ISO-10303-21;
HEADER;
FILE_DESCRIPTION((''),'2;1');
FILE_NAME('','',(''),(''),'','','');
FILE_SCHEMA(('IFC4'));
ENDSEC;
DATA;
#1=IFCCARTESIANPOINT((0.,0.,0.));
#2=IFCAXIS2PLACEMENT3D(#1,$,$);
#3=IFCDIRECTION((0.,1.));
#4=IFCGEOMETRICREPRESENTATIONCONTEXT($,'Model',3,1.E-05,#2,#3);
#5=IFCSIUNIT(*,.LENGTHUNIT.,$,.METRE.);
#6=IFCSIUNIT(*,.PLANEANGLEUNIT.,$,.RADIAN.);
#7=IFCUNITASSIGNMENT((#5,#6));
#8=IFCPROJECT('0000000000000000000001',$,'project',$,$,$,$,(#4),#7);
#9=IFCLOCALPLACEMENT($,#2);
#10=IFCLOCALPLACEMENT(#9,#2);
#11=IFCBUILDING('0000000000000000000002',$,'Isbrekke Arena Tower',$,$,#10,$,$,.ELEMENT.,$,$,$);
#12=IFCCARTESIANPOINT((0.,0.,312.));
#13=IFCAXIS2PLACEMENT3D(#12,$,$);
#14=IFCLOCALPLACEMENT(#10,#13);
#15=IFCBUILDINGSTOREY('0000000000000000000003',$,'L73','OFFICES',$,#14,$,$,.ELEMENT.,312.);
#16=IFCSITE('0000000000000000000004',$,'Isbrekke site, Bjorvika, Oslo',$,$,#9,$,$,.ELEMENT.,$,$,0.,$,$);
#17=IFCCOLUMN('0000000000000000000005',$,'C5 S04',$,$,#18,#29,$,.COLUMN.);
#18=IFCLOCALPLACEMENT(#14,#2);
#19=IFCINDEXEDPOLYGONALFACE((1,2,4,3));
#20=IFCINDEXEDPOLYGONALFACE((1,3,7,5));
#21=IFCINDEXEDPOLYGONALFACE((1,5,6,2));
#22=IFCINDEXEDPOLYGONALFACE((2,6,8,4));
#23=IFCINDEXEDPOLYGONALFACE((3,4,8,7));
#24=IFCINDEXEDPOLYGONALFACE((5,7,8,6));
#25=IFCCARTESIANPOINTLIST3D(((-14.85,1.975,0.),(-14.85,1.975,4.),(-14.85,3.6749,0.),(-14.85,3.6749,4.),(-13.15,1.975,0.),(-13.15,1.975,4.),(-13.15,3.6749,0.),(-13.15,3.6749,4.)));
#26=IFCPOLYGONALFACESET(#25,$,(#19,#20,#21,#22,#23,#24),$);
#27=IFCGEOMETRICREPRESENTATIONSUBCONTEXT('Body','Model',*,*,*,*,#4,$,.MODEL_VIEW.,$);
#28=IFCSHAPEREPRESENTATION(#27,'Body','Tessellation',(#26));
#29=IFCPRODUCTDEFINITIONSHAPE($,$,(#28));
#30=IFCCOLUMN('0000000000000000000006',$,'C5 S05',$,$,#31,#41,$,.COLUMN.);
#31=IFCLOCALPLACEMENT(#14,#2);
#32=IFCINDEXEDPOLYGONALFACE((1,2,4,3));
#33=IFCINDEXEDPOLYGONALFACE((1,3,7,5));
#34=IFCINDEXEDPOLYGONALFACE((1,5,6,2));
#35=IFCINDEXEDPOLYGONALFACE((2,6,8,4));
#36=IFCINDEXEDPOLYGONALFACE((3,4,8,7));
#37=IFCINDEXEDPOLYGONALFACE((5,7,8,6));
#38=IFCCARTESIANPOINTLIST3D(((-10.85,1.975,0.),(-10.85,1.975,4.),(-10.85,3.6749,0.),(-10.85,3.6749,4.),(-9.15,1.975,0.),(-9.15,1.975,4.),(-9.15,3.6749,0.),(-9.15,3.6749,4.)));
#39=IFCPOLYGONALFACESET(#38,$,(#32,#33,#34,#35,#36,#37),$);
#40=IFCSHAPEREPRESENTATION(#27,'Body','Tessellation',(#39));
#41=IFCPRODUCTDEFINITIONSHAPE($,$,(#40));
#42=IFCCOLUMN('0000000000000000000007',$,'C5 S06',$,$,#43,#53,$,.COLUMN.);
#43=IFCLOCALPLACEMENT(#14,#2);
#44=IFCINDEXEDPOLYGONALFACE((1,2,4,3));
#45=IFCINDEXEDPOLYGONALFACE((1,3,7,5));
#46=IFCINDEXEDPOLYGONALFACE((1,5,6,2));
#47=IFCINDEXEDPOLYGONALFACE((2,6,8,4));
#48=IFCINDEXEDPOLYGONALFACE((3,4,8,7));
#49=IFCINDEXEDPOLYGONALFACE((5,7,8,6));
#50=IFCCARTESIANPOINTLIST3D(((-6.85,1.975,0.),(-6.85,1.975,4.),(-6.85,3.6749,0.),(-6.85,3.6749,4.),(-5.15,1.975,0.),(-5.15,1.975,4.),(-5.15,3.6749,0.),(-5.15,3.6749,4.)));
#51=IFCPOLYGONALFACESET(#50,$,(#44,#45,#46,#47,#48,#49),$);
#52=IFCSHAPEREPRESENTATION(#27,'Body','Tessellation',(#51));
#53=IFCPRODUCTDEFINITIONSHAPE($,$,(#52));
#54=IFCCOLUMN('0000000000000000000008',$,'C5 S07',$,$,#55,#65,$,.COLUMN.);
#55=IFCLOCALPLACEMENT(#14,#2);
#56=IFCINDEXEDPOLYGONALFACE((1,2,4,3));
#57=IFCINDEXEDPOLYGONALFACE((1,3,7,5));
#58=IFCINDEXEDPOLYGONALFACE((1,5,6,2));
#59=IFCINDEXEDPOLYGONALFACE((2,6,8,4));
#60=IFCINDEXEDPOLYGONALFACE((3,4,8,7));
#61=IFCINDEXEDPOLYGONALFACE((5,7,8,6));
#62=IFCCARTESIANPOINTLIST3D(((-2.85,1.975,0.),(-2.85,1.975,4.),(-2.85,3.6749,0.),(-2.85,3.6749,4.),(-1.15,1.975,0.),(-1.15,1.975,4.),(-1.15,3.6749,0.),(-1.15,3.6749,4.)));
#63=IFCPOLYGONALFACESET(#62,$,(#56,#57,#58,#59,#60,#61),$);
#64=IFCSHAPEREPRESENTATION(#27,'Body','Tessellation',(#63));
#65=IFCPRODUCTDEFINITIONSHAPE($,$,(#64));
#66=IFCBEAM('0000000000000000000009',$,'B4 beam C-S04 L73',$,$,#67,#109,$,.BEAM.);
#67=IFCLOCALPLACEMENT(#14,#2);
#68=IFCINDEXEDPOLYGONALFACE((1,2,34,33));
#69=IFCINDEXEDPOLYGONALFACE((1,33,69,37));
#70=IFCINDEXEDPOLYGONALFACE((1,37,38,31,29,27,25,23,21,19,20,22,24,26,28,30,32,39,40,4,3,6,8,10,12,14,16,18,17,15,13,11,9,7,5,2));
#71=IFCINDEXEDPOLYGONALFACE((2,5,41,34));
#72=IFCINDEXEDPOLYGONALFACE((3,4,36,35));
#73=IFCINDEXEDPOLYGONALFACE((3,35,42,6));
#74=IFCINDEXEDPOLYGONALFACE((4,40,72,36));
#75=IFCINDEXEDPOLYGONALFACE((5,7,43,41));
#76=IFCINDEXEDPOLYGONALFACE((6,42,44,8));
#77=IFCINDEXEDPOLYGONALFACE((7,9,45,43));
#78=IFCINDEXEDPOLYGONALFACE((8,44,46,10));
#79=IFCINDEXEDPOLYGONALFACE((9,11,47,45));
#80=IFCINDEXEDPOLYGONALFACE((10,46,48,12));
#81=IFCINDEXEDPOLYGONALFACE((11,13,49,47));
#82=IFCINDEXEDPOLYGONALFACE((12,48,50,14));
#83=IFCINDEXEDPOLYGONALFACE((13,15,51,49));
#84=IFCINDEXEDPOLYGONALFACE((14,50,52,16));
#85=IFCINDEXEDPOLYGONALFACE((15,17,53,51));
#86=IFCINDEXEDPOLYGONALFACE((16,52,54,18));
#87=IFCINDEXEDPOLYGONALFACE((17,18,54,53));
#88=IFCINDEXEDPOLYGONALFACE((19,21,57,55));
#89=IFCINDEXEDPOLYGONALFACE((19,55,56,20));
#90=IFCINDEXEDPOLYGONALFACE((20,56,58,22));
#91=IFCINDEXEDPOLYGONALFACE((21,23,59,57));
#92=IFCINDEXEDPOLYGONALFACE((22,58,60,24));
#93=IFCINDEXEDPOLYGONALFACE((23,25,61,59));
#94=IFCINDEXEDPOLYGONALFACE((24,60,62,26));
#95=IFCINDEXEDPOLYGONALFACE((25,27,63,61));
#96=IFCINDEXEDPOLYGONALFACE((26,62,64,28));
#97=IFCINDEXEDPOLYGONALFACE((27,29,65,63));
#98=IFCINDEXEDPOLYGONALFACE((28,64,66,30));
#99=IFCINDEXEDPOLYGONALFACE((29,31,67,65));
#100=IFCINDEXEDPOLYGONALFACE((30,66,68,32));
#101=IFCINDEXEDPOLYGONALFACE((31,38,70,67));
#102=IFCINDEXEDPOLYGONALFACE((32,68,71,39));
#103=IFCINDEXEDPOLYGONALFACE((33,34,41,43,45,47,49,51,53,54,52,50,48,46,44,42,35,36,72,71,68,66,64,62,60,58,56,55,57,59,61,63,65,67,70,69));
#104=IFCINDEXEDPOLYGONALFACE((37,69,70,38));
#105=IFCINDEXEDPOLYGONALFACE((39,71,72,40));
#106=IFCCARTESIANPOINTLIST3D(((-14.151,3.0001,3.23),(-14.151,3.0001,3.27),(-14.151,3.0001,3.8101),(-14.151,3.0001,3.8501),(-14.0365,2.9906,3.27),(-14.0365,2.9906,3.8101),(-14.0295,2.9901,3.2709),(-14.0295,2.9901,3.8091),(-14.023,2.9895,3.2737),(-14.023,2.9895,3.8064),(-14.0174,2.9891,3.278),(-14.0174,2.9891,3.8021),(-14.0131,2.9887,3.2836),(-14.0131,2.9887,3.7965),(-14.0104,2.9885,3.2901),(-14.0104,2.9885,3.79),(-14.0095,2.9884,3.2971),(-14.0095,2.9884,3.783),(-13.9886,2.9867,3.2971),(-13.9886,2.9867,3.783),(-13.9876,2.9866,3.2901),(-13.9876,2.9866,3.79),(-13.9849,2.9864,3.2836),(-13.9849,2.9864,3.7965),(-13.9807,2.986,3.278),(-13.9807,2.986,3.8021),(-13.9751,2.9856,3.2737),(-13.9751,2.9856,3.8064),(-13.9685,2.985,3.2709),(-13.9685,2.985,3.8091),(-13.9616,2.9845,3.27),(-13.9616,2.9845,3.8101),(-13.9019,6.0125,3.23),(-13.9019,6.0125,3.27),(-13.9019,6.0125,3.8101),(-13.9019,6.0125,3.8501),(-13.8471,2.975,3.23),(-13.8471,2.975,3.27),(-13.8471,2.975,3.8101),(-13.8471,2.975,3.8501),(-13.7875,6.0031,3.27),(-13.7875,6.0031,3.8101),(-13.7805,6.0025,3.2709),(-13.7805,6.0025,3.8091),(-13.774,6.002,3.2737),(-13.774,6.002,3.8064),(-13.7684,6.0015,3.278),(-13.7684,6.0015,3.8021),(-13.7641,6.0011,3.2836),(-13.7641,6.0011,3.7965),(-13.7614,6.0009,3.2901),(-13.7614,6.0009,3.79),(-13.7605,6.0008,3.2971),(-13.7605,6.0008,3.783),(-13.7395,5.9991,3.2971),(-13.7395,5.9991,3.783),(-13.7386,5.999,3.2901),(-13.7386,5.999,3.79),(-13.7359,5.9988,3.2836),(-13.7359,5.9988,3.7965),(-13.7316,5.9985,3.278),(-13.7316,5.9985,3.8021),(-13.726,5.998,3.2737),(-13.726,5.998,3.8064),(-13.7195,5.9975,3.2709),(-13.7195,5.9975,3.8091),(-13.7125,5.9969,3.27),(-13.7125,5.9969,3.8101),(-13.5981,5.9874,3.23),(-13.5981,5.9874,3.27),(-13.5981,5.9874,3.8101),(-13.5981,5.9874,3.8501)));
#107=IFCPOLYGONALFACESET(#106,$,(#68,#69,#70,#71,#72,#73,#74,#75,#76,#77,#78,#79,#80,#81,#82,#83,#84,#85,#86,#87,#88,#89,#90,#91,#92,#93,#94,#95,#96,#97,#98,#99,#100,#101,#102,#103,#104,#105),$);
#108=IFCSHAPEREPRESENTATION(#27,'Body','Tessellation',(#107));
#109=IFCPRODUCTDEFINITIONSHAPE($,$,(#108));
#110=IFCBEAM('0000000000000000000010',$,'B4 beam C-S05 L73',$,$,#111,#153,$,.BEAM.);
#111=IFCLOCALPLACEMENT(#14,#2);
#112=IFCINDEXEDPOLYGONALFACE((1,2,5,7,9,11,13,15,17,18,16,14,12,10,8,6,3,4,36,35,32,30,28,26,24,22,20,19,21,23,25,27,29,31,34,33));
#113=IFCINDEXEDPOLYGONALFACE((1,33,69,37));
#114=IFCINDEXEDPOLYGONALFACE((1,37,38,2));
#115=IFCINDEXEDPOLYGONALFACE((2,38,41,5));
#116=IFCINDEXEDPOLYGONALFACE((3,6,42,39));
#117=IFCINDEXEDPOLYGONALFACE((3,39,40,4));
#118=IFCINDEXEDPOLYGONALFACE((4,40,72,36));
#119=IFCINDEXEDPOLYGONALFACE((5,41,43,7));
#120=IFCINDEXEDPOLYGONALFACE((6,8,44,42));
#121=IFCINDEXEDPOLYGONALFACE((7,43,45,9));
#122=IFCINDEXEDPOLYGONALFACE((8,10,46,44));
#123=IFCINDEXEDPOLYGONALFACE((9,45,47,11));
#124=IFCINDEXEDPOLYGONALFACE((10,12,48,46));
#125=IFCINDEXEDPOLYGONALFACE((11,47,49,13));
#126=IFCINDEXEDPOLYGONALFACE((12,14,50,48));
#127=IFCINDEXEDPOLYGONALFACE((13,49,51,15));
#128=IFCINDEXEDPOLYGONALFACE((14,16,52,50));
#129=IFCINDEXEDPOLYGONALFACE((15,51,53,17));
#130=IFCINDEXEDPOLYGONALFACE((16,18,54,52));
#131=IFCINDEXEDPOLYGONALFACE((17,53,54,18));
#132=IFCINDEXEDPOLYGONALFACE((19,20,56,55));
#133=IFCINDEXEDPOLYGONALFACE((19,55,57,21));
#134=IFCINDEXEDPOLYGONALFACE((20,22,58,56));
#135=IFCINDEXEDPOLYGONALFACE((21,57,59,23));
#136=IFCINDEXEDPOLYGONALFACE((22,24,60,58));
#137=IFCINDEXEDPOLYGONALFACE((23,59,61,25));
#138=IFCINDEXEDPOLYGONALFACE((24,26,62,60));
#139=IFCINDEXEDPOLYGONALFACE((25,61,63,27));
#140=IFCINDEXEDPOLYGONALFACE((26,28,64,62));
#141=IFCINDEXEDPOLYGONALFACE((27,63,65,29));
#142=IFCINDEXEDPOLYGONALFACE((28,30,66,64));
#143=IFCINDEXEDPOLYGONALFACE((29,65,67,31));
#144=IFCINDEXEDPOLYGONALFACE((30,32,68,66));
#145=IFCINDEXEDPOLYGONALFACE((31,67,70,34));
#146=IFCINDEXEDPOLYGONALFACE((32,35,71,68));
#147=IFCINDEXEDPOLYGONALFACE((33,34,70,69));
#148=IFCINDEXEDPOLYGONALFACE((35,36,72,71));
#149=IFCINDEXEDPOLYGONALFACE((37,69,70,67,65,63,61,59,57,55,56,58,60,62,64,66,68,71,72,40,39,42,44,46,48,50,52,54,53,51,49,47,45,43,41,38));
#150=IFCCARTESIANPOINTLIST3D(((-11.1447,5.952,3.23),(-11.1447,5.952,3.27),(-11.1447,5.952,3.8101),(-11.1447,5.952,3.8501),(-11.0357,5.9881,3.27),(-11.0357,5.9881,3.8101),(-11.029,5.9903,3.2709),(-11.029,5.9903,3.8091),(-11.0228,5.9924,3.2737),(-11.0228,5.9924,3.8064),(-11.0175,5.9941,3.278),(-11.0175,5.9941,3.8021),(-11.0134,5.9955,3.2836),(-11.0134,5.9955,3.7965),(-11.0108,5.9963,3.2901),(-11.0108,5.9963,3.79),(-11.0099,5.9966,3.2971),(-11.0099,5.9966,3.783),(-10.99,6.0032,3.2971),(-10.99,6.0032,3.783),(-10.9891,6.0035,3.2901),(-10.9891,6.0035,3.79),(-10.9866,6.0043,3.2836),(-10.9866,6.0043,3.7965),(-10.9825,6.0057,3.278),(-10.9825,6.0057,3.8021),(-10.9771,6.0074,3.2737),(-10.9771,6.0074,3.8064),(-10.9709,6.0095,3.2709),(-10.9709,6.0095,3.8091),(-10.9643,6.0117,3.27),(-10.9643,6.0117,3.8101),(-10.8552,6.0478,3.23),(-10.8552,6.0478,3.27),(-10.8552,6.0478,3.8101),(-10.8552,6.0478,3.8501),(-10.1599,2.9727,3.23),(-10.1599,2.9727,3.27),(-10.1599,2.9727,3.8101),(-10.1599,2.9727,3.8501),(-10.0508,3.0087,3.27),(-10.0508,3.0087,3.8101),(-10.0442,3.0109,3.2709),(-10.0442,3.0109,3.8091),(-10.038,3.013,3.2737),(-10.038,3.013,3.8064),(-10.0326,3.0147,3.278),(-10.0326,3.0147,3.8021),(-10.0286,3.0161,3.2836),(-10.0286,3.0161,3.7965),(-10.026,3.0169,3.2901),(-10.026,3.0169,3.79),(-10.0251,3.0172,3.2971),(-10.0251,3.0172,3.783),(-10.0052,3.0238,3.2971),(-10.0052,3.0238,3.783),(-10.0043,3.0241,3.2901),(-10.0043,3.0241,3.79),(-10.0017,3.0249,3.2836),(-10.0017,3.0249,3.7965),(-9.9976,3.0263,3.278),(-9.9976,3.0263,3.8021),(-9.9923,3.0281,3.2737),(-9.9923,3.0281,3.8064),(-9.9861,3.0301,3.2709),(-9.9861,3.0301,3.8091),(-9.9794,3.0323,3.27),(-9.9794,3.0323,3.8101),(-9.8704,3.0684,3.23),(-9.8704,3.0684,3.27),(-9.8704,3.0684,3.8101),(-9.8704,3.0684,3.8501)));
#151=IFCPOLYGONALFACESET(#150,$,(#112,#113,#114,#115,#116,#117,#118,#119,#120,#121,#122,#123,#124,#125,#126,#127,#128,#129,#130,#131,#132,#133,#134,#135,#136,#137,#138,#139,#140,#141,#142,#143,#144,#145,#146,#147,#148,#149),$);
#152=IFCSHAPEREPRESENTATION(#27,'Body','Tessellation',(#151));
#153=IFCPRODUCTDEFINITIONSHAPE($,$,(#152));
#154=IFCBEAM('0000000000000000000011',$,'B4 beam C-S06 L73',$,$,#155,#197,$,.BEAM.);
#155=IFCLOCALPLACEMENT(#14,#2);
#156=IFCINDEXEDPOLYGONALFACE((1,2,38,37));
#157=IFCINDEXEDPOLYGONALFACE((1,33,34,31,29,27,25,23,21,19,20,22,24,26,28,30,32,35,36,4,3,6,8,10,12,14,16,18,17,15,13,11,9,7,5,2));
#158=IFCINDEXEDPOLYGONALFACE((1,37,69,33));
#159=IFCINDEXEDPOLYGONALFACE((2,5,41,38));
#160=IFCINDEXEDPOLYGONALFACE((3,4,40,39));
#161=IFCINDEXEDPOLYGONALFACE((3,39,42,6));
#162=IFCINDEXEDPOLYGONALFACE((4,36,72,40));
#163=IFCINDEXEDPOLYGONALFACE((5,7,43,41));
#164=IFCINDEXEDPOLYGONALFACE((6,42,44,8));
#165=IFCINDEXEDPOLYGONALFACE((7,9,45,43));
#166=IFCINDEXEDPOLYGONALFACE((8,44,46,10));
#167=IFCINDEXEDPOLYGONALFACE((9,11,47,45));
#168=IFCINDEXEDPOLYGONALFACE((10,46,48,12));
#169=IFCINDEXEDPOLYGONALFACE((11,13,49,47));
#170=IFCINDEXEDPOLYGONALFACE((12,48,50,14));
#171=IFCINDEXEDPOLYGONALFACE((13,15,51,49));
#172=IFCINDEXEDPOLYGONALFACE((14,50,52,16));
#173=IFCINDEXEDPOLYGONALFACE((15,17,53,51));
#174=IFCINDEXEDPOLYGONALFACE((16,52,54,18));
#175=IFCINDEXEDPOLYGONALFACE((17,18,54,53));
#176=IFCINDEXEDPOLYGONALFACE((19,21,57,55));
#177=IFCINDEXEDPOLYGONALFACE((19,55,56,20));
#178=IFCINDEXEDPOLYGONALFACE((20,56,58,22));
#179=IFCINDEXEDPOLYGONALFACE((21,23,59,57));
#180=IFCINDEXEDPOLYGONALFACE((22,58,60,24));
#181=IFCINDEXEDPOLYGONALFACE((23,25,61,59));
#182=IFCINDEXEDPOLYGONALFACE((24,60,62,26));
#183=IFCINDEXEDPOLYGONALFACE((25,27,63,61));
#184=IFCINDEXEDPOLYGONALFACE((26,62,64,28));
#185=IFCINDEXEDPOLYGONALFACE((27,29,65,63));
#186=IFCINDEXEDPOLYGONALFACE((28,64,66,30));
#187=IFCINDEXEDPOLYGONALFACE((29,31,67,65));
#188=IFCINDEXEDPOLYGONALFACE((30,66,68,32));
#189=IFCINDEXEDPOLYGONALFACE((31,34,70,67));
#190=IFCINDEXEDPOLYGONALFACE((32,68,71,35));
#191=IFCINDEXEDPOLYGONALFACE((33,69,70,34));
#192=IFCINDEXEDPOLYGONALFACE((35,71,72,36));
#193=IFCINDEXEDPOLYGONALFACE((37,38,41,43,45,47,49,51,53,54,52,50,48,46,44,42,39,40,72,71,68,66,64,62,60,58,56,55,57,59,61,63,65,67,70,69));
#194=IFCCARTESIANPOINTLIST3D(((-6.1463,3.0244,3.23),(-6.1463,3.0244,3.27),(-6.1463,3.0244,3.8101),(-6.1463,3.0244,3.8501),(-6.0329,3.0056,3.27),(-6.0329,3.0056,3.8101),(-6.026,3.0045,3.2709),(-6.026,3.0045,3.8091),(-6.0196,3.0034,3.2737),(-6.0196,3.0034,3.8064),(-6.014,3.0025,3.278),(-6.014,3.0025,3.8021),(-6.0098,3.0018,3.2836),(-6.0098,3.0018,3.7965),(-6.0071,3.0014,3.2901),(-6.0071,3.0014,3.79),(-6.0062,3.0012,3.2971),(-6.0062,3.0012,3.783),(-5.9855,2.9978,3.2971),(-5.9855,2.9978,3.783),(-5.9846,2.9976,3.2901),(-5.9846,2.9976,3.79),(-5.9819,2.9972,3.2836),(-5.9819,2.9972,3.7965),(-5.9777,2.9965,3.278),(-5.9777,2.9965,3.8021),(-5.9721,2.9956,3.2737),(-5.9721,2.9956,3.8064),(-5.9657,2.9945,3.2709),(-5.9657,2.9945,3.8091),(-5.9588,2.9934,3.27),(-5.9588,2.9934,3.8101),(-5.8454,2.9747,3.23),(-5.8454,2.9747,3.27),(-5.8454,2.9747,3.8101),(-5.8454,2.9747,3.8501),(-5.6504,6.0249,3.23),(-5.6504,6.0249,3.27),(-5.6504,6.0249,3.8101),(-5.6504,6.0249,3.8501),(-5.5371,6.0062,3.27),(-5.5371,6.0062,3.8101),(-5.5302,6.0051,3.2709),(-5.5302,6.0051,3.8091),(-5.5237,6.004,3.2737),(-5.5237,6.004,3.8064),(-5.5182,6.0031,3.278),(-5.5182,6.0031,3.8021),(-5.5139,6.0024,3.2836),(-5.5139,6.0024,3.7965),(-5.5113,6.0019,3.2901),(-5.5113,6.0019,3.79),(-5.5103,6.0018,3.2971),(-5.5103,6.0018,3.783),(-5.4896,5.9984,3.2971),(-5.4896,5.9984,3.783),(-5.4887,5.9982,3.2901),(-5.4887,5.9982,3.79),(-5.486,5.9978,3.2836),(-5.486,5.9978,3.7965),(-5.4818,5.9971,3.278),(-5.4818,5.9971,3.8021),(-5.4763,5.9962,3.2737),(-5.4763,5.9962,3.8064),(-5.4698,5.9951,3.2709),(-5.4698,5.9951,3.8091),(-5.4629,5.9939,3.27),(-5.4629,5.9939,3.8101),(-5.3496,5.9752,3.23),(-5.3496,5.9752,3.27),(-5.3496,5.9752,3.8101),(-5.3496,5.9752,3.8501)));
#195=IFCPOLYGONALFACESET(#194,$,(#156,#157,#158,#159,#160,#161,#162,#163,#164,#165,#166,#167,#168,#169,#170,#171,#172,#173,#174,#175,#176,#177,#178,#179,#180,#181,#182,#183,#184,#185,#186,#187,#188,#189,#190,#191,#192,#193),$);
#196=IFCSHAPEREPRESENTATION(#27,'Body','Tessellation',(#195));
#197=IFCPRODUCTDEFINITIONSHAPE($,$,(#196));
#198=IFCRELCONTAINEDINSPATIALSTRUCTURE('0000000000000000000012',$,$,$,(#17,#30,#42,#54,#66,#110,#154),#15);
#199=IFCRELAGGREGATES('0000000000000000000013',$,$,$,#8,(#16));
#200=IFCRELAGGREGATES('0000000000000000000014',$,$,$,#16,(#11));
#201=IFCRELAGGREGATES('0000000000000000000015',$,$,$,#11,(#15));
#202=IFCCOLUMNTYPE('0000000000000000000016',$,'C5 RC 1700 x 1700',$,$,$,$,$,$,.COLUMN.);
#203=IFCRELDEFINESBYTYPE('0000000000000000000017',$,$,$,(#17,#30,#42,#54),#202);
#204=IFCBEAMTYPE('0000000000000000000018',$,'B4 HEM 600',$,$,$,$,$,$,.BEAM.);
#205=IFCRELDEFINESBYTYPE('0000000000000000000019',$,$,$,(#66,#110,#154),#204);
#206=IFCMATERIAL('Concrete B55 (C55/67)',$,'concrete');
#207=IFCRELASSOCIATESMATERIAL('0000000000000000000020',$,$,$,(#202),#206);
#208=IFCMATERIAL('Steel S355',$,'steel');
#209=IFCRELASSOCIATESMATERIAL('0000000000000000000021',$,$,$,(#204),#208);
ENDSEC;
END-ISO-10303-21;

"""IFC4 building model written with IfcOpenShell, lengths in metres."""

from ifc_helpers import new_model, si_unit, direction, frame, origin, origin_2d, place, context, subcontext, project, spatial, rectangle, i_section, extrude, material, material_profile, profile_set, type_object, element, save


model = new_model("IFC4")

# Units and contexts
model_context = context("Model", 3, precision=1e-05, world=origin(), true_north=direction((0.0, 1.0)))
body_context = subcontext(model_context, "Body", "Model", "MODEL_VIEW")
ifc_project = project(units=[si_unit("LENGTHUNIT", "METRE"), si_unit("PLANEANGLEUNIT", "RADIAN")], contexts=[model_context])

# Site, building, storey
site_placement = place(None, origin())
site = spatial("IfcSite", under=ifc_project, at=site_placement, Name="Isbrekke site, Bjorvika, Oslo", CompositionType="ELEMENT", RefElevation=0.0)
building_placement = place(site_placement, origin())
building = spatial("IfcBuilding", under=site, at=building_placement, Name="Isbrekke Arena Tower", CompositionType="ELEMENT")
storey_placement = place(building_placement, frame((0.0, 0.0, 312.0)))
storey = spatial("IfcBuildingStorey", under=building, at=storey_placement, Name="L73", Description="OFFICES", CompositionType="ELEMENT", Elevation=312.0)

# Columns
ifc_material_1 = material(Name="Concrete B55 (C55/67)", Category="concrete")
ifc_material_profile_1 = material_profile(ifc_material_1, rectangle(XDim=1.7, YDim=1.7, at=origin_2d()), Name="RC 1700x1700")
ifc_profile_set_1 = profile_set([ifc_material_profile_1], Name="Concrete B55 (C55/67)")
column_type = type_object("IfcColumnType", Name="C5 RC 1700 x 1700", PredefinedType="COLUMN", material=ifc_profile_set_1)
for number, where, z_axis, x_axis, name in (
    (1, (-14.0, 2.825, 0.0), (0.0, 0.0, 1.0), (1.0, 0.0, 0.0), "C5 S04"),
    (2, (-10.0, 2.825, 0.0), (0.0, 0.0, 1.0), (1.0, 0.0, 0.0), "C5 S05"),
    (3, (-6.0, 2.825, 0.0), (0.0, 0.0, 1.0), (1.0, 0.0, 0.0), "C5 S06"),
    (4, (-2.0, 2.825, 0.0), (0.0, 0.0, 1.0), (1.0, 0.0, 0.0), "C5 S07"),
):
    element("IfcColumn", number, at=place(storey_placement, frame(where, z_axis=z_axis, x_axis=x_axis)), inside=storey, type_object=column_type, Name=name, PredefinedType="COLUMN", context=body_context, shape_type="SweptSolid", body=[
        extrude(rectangle(XDim=1.7, YDim=1.7, at=origin_2d()), origin(), (0.0, 0.0, 1.0), 4.0),
    ])

# Beams
ifc_material_2 = material(Name="Steel S355", Category="steel")
ifc_material_profile_2 = material_profile(ifc_material_2, i_section(OverallWidth=0.3049, OverallDepth=0.6201, WebThickness=0.021, FlangeThickness=0.04, FilletRadius=0.0271, at=origin_2d()), Name="HEM 600")
ifc_profile_set_2 = profile_set([ifc_material_profile_2], Name="Steel S355")
beam_type_1 = type_object("IfcBeamType", Name="B4 HEM 600", PredefinedType="BEAM", material=ifc_profile_set_2)
beam_1_placement = place(storey_placement, frame((-13.999, 2.9875, 3.54), z_axis=(0.082384, 0.996601, 0.0), x_axis=(-0.996601, 0.082384, 0.0)))
element("IfcBeam", 5, at=beam_1_placement, inside=storey, type_object=beam_type_1, Name="B4 beam C-S04 L73", PredefinedType="BEAM", context=body_context, shape_type="SweptSolid", body=[
    extrude(i_section(OverallWidth=0.3049, OverallDepth=0.6201, WebThickness=0.021, FlangeThickness=0.04, FilletRadius=0.0271, at=origin_2d()), origin(), (0.0, 0.0, 1.0), 3.0227),
])
beam_2_placement = place(storey_placement, frame((-10.0151, 3.0205, 3.54), z_axis=(-0.313846, 0.949474, 0.0), x_axis=(-0.949474, -0.313846, 0.0)))
element("IfcBeam", 6, at=beam_2_placement, inside=storey, type_object=beam_type_1, Name="B4 beam C-S05 L73", PredefinedType="BEAM", context=body_context, shape_type="SweptSolid", body=[
    extrude(i_section(OverallWidth=0.3049, OverallDepth=0.6201, WebThickness=0.021, FlangeThickness=0.04, FilletRadius=0.0271, at=origin_2d()), origin(), (0.0, 0.0, 1.0), 3.1379),
])
beam_3_placement = place(storey_placement, frame((-5.9958, 2.9995, 3.54), z_axis=(0.163045, 0.986619, 0.0), x_axis=(-0.986619, 0.163045, 0.0)))
element("IfcBeam", 7, at=beam_3_placement, inside=storey, type_object=beam_type_1, Name="B4 beam C-S06 L73", PredefinedType="BEAM", context=body_context, shape_type="SweptSolid", body=[
    extrude(i_section(OverallWidth=0.3049, OverallDepth=0.6201, WebThickness=0.021, FlangeThickness=0.04, FilletRadius=0.0271, at=origin_2d()), origin(), (0.0, 0.0, 1.0), 3.0413),
])

save(model, "model.ifc")
